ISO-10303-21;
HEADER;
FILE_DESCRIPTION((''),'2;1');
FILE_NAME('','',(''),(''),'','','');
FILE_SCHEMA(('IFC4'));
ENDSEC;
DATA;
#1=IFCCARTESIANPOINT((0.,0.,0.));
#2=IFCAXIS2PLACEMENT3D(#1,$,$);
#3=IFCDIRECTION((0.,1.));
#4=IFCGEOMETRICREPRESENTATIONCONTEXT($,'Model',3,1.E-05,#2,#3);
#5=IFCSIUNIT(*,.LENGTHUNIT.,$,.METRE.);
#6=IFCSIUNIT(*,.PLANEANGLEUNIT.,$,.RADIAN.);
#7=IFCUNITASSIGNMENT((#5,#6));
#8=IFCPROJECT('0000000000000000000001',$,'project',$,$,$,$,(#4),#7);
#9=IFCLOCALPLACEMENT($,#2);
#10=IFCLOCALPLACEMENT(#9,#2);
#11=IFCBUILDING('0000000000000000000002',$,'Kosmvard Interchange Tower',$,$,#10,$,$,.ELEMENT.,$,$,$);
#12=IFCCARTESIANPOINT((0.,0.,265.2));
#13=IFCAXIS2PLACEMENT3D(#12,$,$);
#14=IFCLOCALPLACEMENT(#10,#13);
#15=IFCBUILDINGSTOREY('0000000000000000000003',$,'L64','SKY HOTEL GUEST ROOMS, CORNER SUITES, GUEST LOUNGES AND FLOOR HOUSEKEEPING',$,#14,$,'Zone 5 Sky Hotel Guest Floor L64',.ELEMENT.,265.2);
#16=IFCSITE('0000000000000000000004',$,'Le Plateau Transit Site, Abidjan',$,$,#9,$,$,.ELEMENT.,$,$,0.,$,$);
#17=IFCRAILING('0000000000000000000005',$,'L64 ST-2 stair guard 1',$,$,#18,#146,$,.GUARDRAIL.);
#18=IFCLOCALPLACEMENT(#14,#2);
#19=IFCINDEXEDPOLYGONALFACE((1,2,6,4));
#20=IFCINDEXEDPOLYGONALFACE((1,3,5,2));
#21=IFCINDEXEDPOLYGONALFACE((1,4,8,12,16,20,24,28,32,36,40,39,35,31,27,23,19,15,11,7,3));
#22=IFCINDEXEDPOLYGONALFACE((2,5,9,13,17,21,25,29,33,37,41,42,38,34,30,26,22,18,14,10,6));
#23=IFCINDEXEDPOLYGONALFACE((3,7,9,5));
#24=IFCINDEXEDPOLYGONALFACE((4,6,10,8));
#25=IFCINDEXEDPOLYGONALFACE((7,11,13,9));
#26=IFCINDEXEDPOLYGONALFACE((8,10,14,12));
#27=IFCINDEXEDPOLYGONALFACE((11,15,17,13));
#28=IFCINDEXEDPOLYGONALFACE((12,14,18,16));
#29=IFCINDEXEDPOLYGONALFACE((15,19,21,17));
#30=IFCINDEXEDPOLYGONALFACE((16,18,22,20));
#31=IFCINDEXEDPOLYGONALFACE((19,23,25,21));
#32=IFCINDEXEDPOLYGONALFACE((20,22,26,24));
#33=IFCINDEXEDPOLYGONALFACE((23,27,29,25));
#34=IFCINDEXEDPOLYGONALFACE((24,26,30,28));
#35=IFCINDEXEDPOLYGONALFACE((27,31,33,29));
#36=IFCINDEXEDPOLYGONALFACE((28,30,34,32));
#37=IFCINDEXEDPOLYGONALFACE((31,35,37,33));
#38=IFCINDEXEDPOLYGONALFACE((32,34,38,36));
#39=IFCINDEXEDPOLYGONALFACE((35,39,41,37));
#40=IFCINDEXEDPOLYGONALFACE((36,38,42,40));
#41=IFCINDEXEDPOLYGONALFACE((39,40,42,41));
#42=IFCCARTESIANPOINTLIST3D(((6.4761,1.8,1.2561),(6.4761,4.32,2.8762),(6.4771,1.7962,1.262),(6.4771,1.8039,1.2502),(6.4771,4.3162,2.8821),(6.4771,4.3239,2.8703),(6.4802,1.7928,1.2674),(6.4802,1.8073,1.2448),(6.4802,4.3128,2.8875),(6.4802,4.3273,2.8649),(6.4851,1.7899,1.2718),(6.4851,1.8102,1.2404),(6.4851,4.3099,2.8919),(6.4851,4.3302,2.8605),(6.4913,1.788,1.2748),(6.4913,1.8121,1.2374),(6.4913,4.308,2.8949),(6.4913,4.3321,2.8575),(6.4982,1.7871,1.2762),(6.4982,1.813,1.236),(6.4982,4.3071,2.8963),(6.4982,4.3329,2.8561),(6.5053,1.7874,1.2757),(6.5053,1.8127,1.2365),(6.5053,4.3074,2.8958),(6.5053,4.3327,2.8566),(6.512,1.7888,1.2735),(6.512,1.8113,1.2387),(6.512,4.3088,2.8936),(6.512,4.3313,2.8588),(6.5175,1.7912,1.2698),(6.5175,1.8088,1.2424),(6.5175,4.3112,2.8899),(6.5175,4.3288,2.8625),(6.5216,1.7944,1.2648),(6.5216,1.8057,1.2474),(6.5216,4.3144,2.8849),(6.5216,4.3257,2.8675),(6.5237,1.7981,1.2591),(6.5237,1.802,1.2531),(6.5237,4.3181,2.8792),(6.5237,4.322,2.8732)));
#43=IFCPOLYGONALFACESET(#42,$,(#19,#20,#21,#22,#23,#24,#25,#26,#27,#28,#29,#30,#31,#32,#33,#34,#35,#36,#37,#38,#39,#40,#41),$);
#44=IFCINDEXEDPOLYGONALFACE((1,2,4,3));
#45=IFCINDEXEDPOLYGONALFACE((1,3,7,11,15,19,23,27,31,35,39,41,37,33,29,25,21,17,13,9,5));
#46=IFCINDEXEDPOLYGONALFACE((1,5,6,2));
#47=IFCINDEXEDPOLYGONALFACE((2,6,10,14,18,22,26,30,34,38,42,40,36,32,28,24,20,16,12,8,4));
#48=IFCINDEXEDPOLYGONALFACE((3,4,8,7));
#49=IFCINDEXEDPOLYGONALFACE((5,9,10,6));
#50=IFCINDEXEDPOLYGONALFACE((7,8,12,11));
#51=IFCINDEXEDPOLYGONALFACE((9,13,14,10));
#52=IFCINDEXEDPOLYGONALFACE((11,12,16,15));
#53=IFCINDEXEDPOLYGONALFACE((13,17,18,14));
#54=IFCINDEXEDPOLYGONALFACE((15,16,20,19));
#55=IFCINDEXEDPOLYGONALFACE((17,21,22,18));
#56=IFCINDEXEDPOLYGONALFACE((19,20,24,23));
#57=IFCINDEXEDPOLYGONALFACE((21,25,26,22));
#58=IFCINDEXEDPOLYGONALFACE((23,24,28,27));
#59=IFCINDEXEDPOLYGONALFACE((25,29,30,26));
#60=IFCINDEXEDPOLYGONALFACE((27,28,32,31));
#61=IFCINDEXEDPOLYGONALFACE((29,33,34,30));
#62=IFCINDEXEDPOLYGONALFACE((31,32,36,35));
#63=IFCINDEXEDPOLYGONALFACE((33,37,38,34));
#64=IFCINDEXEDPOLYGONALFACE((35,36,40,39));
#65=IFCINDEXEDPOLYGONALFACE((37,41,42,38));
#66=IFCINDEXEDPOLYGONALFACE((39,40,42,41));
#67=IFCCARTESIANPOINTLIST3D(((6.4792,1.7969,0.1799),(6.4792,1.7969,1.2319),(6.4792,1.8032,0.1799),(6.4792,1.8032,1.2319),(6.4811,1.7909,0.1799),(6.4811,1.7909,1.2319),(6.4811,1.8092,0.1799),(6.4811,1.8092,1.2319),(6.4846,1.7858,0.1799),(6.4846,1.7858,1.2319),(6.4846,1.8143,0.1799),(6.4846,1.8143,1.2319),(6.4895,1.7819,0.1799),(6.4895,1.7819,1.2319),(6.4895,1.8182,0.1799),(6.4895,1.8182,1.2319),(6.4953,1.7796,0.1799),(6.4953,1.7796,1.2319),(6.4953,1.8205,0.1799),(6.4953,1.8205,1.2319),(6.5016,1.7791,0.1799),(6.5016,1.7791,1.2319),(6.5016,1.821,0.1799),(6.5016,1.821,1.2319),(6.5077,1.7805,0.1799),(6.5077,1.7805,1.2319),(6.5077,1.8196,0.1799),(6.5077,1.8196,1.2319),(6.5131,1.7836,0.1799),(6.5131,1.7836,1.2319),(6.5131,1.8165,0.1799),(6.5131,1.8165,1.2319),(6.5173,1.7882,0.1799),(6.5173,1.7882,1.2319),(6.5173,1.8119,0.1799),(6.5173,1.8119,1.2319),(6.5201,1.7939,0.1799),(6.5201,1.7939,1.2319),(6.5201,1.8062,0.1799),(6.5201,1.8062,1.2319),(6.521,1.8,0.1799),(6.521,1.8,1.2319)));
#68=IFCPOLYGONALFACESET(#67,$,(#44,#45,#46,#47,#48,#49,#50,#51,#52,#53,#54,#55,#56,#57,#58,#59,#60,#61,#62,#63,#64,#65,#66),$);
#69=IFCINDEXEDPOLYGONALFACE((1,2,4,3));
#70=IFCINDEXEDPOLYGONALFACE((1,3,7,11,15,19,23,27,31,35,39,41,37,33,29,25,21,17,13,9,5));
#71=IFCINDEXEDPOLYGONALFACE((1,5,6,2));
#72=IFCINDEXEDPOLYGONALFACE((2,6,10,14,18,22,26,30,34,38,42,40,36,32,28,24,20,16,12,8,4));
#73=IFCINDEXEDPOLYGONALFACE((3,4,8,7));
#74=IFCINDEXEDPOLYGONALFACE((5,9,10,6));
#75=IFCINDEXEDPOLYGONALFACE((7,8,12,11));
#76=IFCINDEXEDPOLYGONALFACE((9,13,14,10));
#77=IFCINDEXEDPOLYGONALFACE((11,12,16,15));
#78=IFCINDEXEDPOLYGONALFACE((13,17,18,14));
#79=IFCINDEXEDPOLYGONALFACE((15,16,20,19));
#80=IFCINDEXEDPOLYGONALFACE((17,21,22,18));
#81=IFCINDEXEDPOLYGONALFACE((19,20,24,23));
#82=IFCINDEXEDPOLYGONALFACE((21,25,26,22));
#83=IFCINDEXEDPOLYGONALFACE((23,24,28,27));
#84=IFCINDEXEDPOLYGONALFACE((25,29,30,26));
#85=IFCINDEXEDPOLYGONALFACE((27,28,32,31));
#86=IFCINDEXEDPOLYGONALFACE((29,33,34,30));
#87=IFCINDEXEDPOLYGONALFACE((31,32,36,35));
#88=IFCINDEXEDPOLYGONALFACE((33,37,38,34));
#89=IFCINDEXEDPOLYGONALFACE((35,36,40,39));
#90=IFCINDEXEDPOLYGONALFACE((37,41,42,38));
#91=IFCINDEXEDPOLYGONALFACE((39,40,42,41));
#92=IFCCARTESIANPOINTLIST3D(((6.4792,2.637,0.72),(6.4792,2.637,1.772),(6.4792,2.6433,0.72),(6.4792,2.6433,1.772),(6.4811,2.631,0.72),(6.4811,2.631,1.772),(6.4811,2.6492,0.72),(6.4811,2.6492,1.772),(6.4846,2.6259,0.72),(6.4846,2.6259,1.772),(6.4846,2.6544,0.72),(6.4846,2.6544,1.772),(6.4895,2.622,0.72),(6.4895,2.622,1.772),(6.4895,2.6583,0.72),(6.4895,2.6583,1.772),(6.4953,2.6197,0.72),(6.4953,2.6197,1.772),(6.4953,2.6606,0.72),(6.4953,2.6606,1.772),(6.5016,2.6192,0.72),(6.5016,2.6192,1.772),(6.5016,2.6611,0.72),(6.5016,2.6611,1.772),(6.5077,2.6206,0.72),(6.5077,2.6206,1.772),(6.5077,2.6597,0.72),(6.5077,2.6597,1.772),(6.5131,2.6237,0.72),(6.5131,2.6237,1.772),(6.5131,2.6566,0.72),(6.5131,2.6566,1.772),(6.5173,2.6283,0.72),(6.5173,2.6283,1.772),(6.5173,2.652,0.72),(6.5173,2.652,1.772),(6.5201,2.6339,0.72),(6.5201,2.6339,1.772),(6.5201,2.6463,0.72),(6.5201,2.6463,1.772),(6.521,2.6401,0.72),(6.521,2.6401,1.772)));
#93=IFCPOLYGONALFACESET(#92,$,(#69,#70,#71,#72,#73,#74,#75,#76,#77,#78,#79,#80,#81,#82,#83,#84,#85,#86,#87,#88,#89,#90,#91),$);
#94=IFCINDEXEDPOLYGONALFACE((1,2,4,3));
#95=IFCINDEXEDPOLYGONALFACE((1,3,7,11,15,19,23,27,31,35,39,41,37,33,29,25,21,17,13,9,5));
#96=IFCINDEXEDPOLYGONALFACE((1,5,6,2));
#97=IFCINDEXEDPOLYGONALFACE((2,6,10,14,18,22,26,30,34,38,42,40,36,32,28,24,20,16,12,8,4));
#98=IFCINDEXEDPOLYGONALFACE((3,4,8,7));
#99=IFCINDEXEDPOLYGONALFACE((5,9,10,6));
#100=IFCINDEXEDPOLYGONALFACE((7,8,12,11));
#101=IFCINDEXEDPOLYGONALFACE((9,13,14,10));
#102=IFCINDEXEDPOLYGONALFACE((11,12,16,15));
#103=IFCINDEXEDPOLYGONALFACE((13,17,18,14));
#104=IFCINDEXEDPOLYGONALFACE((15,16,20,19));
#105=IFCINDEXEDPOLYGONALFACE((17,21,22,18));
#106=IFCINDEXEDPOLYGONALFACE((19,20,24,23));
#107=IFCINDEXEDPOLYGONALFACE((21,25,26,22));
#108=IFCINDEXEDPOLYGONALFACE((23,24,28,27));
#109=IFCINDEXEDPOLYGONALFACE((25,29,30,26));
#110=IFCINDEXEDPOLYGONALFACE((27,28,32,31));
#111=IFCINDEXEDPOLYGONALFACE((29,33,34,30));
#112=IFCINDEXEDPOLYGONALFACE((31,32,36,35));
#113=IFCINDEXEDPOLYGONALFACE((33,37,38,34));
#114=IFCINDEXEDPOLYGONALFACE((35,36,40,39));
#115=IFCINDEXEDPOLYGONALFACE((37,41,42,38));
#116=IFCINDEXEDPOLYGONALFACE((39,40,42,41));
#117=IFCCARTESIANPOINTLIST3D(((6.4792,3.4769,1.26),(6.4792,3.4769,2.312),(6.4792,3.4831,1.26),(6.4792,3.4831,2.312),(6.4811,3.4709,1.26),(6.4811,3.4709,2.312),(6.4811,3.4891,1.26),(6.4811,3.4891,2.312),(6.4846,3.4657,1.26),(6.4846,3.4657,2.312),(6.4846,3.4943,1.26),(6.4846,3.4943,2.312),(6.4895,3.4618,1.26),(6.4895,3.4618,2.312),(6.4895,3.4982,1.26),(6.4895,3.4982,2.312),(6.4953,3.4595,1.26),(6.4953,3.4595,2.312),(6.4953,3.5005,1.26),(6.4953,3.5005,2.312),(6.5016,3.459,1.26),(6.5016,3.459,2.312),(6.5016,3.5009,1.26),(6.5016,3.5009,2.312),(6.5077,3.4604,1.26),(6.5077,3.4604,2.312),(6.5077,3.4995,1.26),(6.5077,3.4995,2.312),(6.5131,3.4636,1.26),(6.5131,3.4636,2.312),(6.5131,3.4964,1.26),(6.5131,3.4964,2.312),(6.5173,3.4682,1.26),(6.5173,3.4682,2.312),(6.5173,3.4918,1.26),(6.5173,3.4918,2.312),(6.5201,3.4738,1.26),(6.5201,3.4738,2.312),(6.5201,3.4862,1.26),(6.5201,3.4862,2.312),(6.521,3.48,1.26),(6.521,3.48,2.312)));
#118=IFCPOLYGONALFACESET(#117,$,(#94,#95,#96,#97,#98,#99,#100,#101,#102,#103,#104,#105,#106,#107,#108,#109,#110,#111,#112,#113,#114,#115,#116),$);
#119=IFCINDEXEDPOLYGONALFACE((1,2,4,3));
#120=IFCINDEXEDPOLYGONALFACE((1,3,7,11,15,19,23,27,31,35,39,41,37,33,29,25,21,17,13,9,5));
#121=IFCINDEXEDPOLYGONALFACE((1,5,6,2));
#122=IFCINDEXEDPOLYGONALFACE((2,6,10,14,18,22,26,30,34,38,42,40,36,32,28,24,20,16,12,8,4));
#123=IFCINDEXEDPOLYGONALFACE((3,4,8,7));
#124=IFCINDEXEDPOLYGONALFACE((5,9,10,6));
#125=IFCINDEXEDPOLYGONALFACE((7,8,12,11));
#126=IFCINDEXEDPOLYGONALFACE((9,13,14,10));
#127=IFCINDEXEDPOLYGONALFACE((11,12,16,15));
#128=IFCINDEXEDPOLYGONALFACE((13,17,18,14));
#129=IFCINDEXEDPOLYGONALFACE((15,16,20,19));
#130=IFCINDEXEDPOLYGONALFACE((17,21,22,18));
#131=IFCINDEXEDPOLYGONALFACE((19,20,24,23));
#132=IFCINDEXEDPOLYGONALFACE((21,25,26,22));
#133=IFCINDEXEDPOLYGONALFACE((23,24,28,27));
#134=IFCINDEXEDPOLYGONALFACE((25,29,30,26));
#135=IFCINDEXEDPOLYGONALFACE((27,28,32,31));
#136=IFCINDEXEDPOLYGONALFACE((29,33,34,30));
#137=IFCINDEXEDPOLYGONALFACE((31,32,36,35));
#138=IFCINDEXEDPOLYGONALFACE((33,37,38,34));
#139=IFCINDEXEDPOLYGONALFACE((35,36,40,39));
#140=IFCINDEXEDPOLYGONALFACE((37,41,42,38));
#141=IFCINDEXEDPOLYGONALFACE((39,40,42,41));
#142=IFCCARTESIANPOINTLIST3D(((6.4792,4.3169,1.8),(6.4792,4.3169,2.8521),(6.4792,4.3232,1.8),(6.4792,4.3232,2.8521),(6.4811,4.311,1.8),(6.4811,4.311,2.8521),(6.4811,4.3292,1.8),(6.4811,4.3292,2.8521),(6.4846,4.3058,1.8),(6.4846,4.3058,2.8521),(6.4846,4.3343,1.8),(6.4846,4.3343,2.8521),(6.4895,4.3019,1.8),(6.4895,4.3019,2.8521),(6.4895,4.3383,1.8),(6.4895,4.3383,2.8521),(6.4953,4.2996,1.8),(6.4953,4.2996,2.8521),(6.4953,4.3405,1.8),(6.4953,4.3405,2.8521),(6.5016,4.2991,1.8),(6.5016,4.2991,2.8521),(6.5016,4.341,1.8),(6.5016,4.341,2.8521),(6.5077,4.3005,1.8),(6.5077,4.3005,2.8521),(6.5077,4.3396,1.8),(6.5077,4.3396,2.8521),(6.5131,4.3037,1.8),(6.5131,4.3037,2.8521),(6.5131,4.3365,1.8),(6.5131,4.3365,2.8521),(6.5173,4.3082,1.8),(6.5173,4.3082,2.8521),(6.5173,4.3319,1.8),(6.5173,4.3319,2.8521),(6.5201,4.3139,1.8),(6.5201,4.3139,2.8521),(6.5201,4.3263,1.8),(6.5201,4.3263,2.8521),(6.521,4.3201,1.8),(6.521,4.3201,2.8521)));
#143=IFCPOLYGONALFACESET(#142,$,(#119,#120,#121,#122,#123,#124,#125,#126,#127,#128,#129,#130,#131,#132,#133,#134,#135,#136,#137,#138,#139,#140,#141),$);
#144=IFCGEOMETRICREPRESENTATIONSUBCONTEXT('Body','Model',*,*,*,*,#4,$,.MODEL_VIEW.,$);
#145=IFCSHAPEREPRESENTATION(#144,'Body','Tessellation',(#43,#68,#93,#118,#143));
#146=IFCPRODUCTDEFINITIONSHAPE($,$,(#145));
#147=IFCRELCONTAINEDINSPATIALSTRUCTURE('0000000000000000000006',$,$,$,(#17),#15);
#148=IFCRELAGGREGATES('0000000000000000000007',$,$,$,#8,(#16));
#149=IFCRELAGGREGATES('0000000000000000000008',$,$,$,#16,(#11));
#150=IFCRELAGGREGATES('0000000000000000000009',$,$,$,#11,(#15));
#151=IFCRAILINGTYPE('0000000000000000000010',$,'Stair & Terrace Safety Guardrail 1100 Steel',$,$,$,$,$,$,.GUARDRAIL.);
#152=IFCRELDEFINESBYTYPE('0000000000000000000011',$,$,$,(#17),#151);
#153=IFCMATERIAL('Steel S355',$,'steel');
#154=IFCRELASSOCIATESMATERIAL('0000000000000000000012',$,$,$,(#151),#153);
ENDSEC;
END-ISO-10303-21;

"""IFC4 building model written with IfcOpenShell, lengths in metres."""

from ifc_helpers import new_model, si_unit, direction, frame, origin, origin_2d, place, context, subcontext, project, spatial, circle, extrude, source, transform, mapped, material, type_object, element, save


model = new_model("IFC4")

# Units and contexts
model_context = context("Model", 3, precision=1e-05, world=origin(), true_north=direction((0.0, 1.0)))
body_context = subcontext(model_context, "Body", "Model", "MODEL_VIEW")
ifc_project = project(units=[si_unit("LENGTHUNIT", "METRE"), si_unit("PLANEANGLEUNIT", "RADIAN")], contexts=[model_context])

# Site, building, storey
site_placement = place(None, origin())
site = spatial("IfcSite", under=ifc_project, at=site_placement, Name="Le Plateau Transit Site, Abidjan", CompositionType="ELEMENT", RefElevation=0.0)
building_placement = place(site_placement, origin())
building = spatial("IfcBuilding", under=site, at=building_placement, Name="Kosmvard Interchange Tower", CompositionType="ELEMENT")
storey_placement = place(building_placement, frame((0.0, 0.0, 265.2)))
storey = spatial("IfcBuildingStorey", under=building, at=storey_placement, Name="L64", Description="SKY HOTEL GUEST ROOMS, CORNER SUITES, GUEST LOUNGES AND FLOOR HOUSEKEEPING", LongName="Zone 5 Sky Hotel Guest Floor L64", CompositionType="ELEMENT", Elevation=265.2)

# Shared definitions
ifc_material_1 = material(Name="Steel S355", Category="steel")

# Railing
railing_type_1 = type_object("IfcRailingType", Name="Stair & Terrace Safety Guardrail 1100 Steel", PredefinedType="GUARDRAIL", material=ifc_material_1)
shared_shape_1 = source(origin(), body_context, "Body", "SweptSolid", [
    extrude(circle(Radius=0.0239, at=origin_2d()), frame((0.0, 0.0, 1.0762), z_axis=(0.0, 0.841163, 0.540782), x_axis=(-1.0, 0.0, 0.0)), (0.0, 0.0, 1.0), 2.9958),
    extrude(circle(Radius=0.021, at=origin_2d()), origin(), (0.0, 0.0, 1.0), 1.052),
    extrude(circle(Radius=0.021, at=origin_2d()), frame((0.0, 0.8401, 0.54)), (0.0, 0.0, 1.0), 1.052),
    extrude(circle(Radius=0.021, at=origin_2d()), frame((0.0, 1.6799, 1.0801)), (0.0, 0.0, 1.0), 1.052),
    extrude(circle(Radius=0.021, at=origin_2d()), frame((0.0, 2.52, 1.6201)), (0.0, 0.0, 1.0), 1.052),
])
railing_1_placement = place(storey_placement, frame((6.5, 1.8, 0.1799)))
element("IfcRailing", 1, at=railing_1_placement, inside=storey, type_object=railing_type_1, Name="L64 ST-2 stair guard 1", PredefinedType="GUARDRAIL", context=body_context, shape_type="MappedRepresentation", body=[
    mapped(shared_shape_1, transform((0.0, 0.0, 0.0), scale=1.0)),
])

save(model, "model.ifc")
